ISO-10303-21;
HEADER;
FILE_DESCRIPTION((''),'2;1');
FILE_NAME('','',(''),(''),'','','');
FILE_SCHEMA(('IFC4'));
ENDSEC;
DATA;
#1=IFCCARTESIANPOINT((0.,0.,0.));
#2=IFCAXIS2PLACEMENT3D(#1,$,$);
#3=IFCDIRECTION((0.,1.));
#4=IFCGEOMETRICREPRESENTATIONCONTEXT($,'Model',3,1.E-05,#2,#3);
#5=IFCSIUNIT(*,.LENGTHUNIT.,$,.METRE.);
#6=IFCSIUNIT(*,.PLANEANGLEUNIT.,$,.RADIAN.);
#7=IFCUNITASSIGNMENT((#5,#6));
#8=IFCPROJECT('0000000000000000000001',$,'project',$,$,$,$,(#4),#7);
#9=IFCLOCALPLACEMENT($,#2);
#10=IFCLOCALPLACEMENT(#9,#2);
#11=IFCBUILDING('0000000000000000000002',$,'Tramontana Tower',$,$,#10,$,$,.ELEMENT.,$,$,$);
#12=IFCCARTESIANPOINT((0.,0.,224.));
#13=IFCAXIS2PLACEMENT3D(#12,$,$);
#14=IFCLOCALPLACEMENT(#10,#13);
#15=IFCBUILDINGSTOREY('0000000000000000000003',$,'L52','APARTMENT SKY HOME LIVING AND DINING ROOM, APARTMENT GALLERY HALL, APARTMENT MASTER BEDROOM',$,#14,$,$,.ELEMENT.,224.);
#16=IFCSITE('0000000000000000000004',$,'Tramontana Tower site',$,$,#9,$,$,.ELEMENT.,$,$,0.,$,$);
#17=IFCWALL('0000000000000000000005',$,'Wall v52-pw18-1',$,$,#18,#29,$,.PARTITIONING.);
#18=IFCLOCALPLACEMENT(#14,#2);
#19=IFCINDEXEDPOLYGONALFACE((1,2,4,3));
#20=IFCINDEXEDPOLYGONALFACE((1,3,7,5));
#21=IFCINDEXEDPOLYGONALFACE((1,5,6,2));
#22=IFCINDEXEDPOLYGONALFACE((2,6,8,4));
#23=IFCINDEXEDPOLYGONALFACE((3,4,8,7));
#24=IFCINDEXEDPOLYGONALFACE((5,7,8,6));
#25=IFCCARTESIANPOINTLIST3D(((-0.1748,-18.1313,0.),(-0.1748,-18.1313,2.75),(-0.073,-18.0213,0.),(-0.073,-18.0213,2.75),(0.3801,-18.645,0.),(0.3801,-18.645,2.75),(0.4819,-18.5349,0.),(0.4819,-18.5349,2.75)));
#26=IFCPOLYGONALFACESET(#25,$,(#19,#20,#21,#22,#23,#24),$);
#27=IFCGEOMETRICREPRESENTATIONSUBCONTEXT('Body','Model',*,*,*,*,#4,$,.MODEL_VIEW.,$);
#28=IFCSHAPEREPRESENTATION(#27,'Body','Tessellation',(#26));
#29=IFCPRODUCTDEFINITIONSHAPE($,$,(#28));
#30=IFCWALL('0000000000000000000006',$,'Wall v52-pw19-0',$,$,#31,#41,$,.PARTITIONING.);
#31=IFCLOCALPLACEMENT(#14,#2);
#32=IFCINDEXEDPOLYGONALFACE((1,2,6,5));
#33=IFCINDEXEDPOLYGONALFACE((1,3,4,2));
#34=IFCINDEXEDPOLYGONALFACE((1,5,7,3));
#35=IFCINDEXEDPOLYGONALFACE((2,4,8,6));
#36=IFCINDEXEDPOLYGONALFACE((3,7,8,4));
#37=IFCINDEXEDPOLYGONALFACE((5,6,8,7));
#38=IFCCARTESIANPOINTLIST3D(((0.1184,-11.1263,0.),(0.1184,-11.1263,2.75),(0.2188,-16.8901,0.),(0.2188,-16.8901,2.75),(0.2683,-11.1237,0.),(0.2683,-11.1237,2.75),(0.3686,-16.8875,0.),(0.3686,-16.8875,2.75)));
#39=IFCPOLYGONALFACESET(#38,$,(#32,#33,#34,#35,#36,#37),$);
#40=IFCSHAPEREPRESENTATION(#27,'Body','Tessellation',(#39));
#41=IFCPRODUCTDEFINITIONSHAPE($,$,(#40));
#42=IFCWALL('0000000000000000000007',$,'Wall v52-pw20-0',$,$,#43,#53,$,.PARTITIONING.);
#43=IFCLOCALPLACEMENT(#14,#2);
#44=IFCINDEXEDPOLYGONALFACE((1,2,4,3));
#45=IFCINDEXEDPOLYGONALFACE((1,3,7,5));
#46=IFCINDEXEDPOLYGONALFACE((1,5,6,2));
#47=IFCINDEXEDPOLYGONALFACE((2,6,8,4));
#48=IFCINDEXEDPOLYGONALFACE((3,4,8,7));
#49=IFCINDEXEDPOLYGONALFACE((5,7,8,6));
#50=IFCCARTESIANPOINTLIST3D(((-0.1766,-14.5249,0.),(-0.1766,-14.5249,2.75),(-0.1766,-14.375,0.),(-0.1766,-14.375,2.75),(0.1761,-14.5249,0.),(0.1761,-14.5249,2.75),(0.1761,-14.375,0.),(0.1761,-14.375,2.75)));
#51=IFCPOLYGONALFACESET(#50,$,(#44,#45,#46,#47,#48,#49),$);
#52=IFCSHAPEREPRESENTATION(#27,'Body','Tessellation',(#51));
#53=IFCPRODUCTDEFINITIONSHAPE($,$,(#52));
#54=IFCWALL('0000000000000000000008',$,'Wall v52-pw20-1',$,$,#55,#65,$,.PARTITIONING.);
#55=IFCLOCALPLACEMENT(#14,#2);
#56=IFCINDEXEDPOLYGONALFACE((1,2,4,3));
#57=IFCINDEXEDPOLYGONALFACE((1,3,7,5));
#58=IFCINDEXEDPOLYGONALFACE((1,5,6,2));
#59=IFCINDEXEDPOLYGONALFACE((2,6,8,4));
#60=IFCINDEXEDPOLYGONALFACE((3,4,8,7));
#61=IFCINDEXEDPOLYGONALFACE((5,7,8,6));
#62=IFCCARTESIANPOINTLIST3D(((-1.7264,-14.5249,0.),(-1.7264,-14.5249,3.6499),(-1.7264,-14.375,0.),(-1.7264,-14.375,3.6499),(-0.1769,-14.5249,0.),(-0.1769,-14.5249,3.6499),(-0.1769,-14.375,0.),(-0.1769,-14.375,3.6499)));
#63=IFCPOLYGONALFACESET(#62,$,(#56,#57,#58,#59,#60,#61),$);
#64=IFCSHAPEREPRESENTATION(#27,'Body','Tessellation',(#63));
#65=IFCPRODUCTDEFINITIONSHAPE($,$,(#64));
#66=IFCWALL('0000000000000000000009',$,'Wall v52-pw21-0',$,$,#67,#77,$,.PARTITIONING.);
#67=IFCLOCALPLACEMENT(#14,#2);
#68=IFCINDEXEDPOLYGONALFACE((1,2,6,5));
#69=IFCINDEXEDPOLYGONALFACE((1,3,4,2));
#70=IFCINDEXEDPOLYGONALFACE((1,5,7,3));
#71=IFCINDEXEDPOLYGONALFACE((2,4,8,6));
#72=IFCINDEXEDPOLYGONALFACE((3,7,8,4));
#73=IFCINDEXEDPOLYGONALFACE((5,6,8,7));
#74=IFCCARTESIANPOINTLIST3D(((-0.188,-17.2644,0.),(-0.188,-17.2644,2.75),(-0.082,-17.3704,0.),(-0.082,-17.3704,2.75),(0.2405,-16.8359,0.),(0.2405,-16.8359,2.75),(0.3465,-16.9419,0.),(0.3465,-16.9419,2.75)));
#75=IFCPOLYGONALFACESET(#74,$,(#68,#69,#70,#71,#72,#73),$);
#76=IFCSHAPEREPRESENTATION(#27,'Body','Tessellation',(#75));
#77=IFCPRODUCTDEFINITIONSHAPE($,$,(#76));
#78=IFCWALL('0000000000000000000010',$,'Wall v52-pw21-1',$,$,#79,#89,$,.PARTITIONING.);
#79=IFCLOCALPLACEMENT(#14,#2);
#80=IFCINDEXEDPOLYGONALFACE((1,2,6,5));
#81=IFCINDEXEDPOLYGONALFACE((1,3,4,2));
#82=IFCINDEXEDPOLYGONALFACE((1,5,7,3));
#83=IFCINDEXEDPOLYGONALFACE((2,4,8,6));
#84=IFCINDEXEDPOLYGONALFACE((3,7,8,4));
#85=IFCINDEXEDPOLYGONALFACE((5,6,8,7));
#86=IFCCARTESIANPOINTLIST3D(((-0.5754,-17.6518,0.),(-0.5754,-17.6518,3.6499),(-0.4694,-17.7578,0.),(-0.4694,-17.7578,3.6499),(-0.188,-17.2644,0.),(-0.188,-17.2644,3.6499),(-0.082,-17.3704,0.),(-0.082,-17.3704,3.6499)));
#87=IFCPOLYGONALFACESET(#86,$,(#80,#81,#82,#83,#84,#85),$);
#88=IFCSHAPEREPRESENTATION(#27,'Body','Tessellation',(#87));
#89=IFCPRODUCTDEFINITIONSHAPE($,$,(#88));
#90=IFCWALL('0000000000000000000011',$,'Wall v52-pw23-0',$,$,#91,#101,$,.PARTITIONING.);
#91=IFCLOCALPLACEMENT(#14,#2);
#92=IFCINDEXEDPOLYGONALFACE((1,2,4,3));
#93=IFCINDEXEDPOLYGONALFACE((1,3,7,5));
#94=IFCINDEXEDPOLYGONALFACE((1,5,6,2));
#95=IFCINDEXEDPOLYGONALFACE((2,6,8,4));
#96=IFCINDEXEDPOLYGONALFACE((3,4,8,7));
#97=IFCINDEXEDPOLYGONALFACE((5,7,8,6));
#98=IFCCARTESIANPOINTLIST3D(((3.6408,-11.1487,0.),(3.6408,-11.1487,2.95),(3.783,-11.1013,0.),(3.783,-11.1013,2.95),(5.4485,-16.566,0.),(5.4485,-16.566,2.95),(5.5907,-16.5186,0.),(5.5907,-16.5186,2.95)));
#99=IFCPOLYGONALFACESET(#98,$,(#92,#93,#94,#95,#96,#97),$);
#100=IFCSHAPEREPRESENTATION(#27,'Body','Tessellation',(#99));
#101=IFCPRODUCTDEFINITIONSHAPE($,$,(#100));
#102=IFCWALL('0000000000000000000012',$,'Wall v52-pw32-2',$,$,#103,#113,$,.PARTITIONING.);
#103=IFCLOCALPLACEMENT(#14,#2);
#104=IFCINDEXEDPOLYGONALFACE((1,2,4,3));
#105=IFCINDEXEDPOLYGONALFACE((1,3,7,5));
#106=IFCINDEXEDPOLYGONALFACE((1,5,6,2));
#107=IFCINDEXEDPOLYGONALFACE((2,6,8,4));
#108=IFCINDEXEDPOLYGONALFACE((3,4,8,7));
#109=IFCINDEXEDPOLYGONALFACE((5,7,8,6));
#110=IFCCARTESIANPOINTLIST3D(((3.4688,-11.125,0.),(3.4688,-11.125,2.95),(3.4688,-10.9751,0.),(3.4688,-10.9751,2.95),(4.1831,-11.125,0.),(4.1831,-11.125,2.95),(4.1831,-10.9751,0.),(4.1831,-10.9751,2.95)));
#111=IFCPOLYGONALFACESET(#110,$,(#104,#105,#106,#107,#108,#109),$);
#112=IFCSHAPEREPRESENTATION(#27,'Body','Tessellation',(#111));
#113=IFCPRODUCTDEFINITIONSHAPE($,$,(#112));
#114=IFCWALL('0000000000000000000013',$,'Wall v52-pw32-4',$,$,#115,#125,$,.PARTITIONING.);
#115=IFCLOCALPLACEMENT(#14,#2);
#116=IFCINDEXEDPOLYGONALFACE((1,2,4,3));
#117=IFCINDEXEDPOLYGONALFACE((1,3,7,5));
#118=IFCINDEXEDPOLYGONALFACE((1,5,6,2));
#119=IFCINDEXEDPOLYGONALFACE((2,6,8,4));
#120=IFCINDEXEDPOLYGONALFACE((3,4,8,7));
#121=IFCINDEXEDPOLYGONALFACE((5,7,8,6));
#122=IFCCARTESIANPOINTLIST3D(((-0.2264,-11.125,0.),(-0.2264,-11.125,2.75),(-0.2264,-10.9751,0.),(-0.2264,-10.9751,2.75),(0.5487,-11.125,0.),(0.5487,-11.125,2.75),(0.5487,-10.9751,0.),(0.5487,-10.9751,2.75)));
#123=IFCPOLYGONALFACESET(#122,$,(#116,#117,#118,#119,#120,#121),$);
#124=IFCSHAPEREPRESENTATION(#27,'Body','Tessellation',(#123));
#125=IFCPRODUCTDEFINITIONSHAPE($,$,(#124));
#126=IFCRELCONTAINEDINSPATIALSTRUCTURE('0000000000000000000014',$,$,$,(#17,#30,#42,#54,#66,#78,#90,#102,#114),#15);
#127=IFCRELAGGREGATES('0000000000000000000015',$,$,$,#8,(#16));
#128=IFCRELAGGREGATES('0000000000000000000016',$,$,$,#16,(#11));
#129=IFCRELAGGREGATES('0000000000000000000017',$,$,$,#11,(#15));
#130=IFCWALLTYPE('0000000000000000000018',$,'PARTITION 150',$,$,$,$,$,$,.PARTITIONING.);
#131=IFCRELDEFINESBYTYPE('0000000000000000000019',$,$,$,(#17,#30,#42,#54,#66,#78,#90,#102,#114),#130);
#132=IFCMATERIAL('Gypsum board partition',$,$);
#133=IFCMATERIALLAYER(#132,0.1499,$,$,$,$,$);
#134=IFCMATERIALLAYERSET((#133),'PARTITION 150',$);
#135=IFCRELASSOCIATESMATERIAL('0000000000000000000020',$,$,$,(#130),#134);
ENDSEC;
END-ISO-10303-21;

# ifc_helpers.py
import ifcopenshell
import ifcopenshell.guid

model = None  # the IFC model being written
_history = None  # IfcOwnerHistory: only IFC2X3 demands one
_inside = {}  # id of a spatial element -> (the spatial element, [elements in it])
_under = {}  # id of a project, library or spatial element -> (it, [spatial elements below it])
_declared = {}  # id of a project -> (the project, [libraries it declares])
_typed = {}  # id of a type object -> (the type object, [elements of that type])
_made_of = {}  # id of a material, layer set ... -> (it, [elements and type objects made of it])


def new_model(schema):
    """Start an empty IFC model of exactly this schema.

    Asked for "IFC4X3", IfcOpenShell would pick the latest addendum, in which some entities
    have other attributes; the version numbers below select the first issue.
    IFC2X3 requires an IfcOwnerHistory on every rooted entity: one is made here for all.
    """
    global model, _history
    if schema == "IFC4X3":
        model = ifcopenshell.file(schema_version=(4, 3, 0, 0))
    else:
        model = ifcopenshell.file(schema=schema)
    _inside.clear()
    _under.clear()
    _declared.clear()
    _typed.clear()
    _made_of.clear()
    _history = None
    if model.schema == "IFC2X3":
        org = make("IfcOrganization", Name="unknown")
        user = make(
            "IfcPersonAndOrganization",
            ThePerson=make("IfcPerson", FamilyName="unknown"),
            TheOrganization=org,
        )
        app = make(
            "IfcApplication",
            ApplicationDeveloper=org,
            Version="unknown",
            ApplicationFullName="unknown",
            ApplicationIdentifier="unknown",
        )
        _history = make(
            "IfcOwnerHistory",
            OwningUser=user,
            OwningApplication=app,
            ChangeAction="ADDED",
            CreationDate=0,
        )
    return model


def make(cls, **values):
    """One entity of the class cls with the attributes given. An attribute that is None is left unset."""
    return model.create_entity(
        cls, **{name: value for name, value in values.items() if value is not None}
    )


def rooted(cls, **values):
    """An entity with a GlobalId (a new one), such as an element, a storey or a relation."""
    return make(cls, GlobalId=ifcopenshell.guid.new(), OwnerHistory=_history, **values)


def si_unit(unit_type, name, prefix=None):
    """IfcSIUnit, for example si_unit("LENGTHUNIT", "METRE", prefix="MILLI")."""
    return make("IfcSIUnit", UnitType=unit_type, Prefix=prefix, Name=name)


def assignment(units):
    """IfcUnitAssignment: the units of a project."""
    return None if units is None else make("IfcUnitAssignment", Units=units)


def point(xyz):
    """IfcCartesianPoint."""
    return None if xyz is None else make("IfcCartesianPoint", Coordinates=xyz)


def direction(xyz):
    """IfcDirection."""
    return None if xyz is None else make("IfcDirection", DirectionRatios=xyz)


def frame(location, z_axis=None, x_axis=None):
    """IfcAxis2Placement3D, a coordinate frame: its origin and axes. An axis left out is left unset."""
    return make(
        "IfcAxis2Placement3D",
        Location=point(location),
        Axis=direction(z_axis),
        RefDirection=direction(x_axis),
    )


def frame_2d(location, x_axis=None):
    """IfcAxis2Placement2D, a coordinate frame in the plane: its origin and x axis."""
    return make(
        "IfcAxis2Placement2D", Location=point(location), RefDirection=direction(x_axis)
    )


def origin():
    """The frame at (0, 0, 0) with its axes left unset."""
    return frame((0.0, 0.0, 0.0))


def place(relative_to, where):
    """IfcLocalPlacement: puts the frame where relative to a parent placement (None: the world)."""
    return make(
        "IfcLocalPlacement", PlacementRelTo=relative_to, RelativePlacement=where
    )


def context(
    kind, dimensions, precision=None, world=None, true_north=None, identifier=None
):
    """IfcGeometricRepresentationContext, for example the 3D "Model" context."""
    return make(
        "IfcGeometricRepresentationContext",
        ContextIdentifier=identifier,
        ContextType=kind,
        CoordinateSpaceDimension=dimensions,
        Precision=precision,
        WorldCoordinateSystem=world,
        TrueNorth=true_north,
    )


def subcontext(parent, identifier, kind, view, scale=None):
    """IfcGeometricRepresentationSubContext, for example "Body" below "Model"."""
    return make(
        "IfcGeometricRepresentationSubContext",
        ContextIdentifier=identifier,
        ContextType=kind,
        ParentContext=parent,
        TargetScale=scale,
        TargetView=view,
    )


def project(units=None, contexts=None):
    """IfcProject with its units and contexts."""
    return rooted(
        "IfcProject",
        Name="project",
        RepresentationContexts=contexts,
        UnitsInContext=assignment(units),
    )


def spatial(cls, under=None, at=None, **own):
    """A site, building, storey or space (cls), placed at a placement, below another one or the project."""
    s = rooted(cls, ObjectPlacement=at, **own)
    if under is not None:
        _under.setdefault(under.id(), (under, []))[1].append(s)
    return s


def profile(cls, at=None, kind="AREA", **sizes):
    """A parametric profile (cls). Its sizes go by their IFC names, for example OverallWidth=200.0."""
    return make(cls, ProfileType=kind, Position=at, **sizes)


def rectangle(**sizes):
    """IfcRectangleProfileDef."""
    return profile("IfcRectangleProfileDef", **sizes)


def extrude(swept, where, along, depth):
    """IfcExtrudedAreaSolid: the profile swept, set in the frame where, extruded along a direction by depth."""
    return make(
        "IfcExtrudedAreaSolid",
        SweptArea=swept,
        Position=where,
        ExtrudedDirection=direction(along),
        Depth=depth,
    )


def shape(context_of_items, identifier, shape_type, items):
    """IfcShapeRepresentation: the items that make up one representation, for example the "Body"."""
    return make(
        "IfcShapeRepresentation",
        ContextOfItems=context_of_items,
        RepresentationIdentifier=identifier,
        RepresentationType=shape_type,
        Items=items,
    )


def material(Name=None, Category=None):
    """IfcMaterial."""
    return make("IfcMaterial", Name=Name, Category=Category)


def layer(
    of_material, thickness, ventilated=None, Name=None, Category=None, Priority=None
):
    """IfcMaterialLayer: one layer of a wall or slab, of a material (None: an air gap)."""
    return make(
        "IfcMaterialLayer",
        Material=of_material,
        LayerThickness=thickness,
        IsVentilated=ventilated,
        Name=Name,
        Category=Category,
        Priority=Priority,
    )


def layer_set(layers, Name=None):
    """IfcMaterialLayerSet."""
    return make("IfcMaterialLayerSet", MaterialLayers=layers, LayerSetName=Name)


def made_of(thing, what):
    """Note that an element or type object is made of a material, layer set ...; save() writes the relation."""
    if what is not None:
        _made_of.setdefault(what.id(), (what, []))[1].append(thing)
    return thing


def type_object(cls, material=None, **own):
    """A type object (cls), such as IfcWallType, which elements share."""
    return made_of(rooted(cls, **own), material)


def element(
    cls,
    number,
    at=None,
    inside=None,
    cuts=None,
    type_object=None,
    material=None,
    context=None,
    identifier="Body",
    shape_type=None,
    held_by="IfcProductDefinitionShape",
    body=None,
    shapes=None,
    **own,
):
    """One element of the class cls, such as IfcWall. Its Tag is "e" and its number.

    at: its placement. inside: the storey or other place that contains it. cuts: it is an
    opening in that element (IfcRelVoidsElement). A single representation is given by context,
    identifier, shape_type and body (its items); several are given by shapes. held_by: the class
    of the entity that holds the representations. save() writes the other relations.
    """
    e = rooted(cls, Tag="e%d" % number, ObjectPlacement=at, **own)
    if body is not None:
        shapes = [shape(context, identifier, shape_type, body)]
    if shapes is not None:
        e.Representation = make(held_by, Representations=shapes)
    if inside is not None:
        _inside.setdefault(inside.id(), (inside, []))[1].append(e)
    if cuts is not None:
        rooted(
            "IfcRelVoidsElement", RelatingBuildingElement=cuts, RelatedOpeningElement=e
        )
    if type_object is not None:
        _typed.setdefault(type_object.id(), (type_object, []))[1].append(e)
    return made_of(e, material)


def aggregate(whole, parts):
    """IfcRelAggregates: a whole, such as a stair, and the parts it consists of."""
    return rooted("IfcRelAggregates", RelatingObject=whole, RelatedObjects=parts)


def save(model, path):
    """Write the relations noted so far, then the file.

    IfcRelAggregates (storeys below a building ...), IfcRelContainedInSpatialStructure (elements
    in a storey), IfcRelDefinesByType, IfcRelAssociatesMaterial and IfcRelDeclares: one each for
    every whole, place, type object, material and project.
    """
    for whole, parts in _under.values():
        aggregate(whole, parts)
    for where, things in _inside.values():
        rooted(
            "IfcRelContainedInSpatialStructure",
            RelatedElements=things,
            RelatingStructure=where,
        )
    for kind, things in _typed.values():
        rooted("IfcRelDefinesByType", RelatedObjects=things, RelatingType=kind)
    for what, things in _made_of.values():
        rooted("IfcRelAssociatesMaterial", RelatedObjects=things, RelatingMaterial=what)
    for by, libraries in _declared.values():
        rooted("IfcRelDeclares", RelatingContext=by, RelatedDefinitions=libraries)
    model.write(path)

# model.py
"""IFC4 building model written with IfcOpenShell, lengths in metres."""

from ifc_helpers import new_model, si_unit, direction, frame, frame_2d, origin, place, context, subcontext, project, spatial, rectangle, extrude, material, layer, layer_set, type_object, element, save


model = new_model("IFC4")

# Units and contexts
model_context = context("Model", 3, precision=1e-05, world=origin(), true_north=direction((0.0, 1.0)))
body_context = subcontext(model_context, "Body", "Model", "MODEL_VIEW")
ifc_project = project(units=[si_unit("LENGTHUNIT", "METRE"), si_unit("PLANEANGLEUNIT", "RADIAN")], contexts=[model_context])

# Site, building, storey
site_placement = place(None, origin())
site = spatial("IfcSite", under=ifc_project, at=site_placement, Name="Tramontana Tower site", CompositionType="ELEMENT", RefElevation=0.0)
building_placement = place(site_placement, origin())
building = spatial("IfcBuilding", under=site, at=building_placement, Name="Tramontana Tower", CompositionType="ELEMENT")
storey_placement = place(building_placement, frame((0.0, 0.0, 224.0)))
storey = spatial("IfcBuildingStorey", under=building, at=storey_placement, Name="L52", Description="APARTMENT SKY HOME LIVING AND DINING ROOM, APARTMENT GALLERY HALL, APARTMENT MASTER BEDROOM", CompositionType="ELEMENT", Elevation=224.0)

# Walls
ifc_material_1 = material(Name="Gypsum board partition")
ifc_layer_1 = layer(ifc_material_1, 0.1499)
ifc_layer_set_1 = layer_set([ifc_layer_1], Name="PARTITION 150")
wall_type_1 = type_object("IfcWallType", Name="PARTITION 150", PredefinedType="PARTITIONING", material=ifc_layer_set_1)
wall_1_placement = place(storey_placement, frame((-0.1238, -18.0764, 0.0), z_axis=(0.0, 0.0, 1.0), x_axis=(0.733862, -0.679299, 0.0)))
element("IfcWall", 1, at=wall_1_placement, inside=storey, type_object=wall_type_1, Name="Wall v52-pw18-1", PredefinedType="PARTITIONING", context=body_context, shape_type="SweptSolid", body=[
    extrude(rectangle(XDim=0.7561, YDim=0.1499, at=frame_2d((0.3779, 0.0))), origin(), (0.0, 0.0, 1.0), 2.75),
])
wall_2_placement = place(storey_placement, frame((0.1934, -11.125, 0.0), z_axis=(0.0, 0.0, 1.0), x_axis=(0.017407, -0.999848, 0.0)))
element("IfcWall", 2, at=wall_2_placement, inside=storey, type_object=wall_type_1, Name="Wall v52-pw19-0", PredefinedType="PARTITIONING", context=body_context, shape_type="SweptSolid", body=[
    extrude(rectangle(XDim=5.7646, YDim=0.1499, at=frame_2d((2.8823, 0.0))), origin(), (0.0, 0.0, 1.0), 2.75),
])
wall_3_placement = place(storey_placement, frame((0.176, -14.45, 0.0), z_axis=(0.0, 0.0, 1.0), x_axis=(-1.0, 0.0, 0.0)))
element("IfcWall", 3, at=wall_3_placement, inside=storey, type_object=wall_type_1, Name="Wall v52-pw20-0", PredefinedType="PARTITIONING", context=body_context, shape_type="SweptSolid", body=[
    extrude(rectangle(XDim=0.3528, YDim=0.1499, at=frame_2d((0.1763, 0.0))), origin(), (0.0, 0.0, 1.0), 2.75),
])
wall_4_placement = place(storey_placement, frame((-0.1768, -14.45, 0.0), z_axis=(0.0, 0.0, 1.0), x_axis=(-1.0, 0.0, 0.0)))
element("IfcWall", 4, at=wall_4_placement, inside=storey, type_object=wall_type_1, Name="Wall v52-pw20-1", PredefinedType="PARTITIONING", context=body_context, shape_type="SweptSolid", body=[
    extrude(rectangle(XDim=1.5496, YDim=0.1499, at=frame_2d((0.7749, 0.0))), origin(), (0.0, 0.0, 1.0), 3.6499),
])
wall_5_placement = place(storey_placement, frame((0.2935, -16.8889, 0.0), z_axis=(0.0, 0.0, 1.0), x_axis=(-0.707107, -0.707107, 0.0)))
element("IfcWall", 5, at=wall_5_placement, inside=storey, type_object=wall_type_1, Name="Wall v52-pw21-0", PredefinedType="PARTITIONING", context=body_context, shape_type="SweptSolid", body=[
    extrude(rectangle(XDim=0.606, YDim=0.1499, at=frame_2d((0.303, 0.0))), origin(), (0.0, 0.0, 1.0), 2.75),
])
wall_6_placement = place(storey_placement, frame((-0.135, -17.3174, 0.0), z_axis=(0.0, 0.0, 1.0), x_axis=(-0.707107, -0.707107, 0.0)))
element("IfcWall", 6, at=wall_6_placement, inside=storey, type_object=wall_type_1, Name="Wall v52-pw21-1", PredefinedType="PARTITIONING", context=body_context, shape_type="SweptSolid", body=[
    extrude(rectangle(XDim=0.5479, YDim=0.1499, at=frame_2d((0.2739, 0.0))), origin(), (0.0, 0.0, 1.0), 3.6499),
])
wall_7_placement = place(storey_placement, frame((3.7119, -11.125, 0.0), z_axis=(0.0, 0.0, 1.0), x_axis=(0.316523, -0.948585, 0.0)))
element("IfcWall", 7, at=wall_7_placement, inside=storey, type_object=wall_type_1, Name="Wall v52-pw23-0", PredefinedType="PARTITIONING", context=body_context, shape_type="SweptSolid", body=[
    extrude(rectangle(XDim=5.7109, YDim=0.1499, at=frame_2d((2.8555, 0.0))), origin(), (0.0, 0.0, 1.0), 2.95),
])
wall_8_placement = place(storey_placement, frame((4.1831, -11.05, 0.0), z_axis=(0.0, 0.0, 1.0), x_axis=(-1.0, 0.0, 0.0)))
element("IfcWall", 8, at=wall_8_placement, inside=storey, type_object=wall_type_1, Name="Wall v52-pw32-2", PredefinedType="PARTITIONING", context=body_context, shape_type="SweptSolid", body=[
    extrude(rectangle(XDim=0.7144, YDim=0.1499, at=frame_2d((0.3572, 0.0))), origin(), (0.0, 0.0, 1.0), 2.95),
])

# Wall
wall_9_placement = place(storey_placement, frame((0.5488, -11.05, 0.0), z_axis=(0.0, 0.0, 1.0), x_axis=(-1.0, 0.0, 0.0)))
element("IfcWall", 9, at=wall_9_placement, inside=storey, type_object=wall_type_1, Name="Wall v52-pw32-4", PredefinedType="PARTITIONING", context=body_context, shape_type="SweptSolid", body=[
    extrude(rectangle(XDim=0.7751, YDim=0.1499, at=frame_2d((0.3877, 0.0))), origin(), (0.0, 0.0, 1.0), 2.75),
])

save(model, "model.ifc")
